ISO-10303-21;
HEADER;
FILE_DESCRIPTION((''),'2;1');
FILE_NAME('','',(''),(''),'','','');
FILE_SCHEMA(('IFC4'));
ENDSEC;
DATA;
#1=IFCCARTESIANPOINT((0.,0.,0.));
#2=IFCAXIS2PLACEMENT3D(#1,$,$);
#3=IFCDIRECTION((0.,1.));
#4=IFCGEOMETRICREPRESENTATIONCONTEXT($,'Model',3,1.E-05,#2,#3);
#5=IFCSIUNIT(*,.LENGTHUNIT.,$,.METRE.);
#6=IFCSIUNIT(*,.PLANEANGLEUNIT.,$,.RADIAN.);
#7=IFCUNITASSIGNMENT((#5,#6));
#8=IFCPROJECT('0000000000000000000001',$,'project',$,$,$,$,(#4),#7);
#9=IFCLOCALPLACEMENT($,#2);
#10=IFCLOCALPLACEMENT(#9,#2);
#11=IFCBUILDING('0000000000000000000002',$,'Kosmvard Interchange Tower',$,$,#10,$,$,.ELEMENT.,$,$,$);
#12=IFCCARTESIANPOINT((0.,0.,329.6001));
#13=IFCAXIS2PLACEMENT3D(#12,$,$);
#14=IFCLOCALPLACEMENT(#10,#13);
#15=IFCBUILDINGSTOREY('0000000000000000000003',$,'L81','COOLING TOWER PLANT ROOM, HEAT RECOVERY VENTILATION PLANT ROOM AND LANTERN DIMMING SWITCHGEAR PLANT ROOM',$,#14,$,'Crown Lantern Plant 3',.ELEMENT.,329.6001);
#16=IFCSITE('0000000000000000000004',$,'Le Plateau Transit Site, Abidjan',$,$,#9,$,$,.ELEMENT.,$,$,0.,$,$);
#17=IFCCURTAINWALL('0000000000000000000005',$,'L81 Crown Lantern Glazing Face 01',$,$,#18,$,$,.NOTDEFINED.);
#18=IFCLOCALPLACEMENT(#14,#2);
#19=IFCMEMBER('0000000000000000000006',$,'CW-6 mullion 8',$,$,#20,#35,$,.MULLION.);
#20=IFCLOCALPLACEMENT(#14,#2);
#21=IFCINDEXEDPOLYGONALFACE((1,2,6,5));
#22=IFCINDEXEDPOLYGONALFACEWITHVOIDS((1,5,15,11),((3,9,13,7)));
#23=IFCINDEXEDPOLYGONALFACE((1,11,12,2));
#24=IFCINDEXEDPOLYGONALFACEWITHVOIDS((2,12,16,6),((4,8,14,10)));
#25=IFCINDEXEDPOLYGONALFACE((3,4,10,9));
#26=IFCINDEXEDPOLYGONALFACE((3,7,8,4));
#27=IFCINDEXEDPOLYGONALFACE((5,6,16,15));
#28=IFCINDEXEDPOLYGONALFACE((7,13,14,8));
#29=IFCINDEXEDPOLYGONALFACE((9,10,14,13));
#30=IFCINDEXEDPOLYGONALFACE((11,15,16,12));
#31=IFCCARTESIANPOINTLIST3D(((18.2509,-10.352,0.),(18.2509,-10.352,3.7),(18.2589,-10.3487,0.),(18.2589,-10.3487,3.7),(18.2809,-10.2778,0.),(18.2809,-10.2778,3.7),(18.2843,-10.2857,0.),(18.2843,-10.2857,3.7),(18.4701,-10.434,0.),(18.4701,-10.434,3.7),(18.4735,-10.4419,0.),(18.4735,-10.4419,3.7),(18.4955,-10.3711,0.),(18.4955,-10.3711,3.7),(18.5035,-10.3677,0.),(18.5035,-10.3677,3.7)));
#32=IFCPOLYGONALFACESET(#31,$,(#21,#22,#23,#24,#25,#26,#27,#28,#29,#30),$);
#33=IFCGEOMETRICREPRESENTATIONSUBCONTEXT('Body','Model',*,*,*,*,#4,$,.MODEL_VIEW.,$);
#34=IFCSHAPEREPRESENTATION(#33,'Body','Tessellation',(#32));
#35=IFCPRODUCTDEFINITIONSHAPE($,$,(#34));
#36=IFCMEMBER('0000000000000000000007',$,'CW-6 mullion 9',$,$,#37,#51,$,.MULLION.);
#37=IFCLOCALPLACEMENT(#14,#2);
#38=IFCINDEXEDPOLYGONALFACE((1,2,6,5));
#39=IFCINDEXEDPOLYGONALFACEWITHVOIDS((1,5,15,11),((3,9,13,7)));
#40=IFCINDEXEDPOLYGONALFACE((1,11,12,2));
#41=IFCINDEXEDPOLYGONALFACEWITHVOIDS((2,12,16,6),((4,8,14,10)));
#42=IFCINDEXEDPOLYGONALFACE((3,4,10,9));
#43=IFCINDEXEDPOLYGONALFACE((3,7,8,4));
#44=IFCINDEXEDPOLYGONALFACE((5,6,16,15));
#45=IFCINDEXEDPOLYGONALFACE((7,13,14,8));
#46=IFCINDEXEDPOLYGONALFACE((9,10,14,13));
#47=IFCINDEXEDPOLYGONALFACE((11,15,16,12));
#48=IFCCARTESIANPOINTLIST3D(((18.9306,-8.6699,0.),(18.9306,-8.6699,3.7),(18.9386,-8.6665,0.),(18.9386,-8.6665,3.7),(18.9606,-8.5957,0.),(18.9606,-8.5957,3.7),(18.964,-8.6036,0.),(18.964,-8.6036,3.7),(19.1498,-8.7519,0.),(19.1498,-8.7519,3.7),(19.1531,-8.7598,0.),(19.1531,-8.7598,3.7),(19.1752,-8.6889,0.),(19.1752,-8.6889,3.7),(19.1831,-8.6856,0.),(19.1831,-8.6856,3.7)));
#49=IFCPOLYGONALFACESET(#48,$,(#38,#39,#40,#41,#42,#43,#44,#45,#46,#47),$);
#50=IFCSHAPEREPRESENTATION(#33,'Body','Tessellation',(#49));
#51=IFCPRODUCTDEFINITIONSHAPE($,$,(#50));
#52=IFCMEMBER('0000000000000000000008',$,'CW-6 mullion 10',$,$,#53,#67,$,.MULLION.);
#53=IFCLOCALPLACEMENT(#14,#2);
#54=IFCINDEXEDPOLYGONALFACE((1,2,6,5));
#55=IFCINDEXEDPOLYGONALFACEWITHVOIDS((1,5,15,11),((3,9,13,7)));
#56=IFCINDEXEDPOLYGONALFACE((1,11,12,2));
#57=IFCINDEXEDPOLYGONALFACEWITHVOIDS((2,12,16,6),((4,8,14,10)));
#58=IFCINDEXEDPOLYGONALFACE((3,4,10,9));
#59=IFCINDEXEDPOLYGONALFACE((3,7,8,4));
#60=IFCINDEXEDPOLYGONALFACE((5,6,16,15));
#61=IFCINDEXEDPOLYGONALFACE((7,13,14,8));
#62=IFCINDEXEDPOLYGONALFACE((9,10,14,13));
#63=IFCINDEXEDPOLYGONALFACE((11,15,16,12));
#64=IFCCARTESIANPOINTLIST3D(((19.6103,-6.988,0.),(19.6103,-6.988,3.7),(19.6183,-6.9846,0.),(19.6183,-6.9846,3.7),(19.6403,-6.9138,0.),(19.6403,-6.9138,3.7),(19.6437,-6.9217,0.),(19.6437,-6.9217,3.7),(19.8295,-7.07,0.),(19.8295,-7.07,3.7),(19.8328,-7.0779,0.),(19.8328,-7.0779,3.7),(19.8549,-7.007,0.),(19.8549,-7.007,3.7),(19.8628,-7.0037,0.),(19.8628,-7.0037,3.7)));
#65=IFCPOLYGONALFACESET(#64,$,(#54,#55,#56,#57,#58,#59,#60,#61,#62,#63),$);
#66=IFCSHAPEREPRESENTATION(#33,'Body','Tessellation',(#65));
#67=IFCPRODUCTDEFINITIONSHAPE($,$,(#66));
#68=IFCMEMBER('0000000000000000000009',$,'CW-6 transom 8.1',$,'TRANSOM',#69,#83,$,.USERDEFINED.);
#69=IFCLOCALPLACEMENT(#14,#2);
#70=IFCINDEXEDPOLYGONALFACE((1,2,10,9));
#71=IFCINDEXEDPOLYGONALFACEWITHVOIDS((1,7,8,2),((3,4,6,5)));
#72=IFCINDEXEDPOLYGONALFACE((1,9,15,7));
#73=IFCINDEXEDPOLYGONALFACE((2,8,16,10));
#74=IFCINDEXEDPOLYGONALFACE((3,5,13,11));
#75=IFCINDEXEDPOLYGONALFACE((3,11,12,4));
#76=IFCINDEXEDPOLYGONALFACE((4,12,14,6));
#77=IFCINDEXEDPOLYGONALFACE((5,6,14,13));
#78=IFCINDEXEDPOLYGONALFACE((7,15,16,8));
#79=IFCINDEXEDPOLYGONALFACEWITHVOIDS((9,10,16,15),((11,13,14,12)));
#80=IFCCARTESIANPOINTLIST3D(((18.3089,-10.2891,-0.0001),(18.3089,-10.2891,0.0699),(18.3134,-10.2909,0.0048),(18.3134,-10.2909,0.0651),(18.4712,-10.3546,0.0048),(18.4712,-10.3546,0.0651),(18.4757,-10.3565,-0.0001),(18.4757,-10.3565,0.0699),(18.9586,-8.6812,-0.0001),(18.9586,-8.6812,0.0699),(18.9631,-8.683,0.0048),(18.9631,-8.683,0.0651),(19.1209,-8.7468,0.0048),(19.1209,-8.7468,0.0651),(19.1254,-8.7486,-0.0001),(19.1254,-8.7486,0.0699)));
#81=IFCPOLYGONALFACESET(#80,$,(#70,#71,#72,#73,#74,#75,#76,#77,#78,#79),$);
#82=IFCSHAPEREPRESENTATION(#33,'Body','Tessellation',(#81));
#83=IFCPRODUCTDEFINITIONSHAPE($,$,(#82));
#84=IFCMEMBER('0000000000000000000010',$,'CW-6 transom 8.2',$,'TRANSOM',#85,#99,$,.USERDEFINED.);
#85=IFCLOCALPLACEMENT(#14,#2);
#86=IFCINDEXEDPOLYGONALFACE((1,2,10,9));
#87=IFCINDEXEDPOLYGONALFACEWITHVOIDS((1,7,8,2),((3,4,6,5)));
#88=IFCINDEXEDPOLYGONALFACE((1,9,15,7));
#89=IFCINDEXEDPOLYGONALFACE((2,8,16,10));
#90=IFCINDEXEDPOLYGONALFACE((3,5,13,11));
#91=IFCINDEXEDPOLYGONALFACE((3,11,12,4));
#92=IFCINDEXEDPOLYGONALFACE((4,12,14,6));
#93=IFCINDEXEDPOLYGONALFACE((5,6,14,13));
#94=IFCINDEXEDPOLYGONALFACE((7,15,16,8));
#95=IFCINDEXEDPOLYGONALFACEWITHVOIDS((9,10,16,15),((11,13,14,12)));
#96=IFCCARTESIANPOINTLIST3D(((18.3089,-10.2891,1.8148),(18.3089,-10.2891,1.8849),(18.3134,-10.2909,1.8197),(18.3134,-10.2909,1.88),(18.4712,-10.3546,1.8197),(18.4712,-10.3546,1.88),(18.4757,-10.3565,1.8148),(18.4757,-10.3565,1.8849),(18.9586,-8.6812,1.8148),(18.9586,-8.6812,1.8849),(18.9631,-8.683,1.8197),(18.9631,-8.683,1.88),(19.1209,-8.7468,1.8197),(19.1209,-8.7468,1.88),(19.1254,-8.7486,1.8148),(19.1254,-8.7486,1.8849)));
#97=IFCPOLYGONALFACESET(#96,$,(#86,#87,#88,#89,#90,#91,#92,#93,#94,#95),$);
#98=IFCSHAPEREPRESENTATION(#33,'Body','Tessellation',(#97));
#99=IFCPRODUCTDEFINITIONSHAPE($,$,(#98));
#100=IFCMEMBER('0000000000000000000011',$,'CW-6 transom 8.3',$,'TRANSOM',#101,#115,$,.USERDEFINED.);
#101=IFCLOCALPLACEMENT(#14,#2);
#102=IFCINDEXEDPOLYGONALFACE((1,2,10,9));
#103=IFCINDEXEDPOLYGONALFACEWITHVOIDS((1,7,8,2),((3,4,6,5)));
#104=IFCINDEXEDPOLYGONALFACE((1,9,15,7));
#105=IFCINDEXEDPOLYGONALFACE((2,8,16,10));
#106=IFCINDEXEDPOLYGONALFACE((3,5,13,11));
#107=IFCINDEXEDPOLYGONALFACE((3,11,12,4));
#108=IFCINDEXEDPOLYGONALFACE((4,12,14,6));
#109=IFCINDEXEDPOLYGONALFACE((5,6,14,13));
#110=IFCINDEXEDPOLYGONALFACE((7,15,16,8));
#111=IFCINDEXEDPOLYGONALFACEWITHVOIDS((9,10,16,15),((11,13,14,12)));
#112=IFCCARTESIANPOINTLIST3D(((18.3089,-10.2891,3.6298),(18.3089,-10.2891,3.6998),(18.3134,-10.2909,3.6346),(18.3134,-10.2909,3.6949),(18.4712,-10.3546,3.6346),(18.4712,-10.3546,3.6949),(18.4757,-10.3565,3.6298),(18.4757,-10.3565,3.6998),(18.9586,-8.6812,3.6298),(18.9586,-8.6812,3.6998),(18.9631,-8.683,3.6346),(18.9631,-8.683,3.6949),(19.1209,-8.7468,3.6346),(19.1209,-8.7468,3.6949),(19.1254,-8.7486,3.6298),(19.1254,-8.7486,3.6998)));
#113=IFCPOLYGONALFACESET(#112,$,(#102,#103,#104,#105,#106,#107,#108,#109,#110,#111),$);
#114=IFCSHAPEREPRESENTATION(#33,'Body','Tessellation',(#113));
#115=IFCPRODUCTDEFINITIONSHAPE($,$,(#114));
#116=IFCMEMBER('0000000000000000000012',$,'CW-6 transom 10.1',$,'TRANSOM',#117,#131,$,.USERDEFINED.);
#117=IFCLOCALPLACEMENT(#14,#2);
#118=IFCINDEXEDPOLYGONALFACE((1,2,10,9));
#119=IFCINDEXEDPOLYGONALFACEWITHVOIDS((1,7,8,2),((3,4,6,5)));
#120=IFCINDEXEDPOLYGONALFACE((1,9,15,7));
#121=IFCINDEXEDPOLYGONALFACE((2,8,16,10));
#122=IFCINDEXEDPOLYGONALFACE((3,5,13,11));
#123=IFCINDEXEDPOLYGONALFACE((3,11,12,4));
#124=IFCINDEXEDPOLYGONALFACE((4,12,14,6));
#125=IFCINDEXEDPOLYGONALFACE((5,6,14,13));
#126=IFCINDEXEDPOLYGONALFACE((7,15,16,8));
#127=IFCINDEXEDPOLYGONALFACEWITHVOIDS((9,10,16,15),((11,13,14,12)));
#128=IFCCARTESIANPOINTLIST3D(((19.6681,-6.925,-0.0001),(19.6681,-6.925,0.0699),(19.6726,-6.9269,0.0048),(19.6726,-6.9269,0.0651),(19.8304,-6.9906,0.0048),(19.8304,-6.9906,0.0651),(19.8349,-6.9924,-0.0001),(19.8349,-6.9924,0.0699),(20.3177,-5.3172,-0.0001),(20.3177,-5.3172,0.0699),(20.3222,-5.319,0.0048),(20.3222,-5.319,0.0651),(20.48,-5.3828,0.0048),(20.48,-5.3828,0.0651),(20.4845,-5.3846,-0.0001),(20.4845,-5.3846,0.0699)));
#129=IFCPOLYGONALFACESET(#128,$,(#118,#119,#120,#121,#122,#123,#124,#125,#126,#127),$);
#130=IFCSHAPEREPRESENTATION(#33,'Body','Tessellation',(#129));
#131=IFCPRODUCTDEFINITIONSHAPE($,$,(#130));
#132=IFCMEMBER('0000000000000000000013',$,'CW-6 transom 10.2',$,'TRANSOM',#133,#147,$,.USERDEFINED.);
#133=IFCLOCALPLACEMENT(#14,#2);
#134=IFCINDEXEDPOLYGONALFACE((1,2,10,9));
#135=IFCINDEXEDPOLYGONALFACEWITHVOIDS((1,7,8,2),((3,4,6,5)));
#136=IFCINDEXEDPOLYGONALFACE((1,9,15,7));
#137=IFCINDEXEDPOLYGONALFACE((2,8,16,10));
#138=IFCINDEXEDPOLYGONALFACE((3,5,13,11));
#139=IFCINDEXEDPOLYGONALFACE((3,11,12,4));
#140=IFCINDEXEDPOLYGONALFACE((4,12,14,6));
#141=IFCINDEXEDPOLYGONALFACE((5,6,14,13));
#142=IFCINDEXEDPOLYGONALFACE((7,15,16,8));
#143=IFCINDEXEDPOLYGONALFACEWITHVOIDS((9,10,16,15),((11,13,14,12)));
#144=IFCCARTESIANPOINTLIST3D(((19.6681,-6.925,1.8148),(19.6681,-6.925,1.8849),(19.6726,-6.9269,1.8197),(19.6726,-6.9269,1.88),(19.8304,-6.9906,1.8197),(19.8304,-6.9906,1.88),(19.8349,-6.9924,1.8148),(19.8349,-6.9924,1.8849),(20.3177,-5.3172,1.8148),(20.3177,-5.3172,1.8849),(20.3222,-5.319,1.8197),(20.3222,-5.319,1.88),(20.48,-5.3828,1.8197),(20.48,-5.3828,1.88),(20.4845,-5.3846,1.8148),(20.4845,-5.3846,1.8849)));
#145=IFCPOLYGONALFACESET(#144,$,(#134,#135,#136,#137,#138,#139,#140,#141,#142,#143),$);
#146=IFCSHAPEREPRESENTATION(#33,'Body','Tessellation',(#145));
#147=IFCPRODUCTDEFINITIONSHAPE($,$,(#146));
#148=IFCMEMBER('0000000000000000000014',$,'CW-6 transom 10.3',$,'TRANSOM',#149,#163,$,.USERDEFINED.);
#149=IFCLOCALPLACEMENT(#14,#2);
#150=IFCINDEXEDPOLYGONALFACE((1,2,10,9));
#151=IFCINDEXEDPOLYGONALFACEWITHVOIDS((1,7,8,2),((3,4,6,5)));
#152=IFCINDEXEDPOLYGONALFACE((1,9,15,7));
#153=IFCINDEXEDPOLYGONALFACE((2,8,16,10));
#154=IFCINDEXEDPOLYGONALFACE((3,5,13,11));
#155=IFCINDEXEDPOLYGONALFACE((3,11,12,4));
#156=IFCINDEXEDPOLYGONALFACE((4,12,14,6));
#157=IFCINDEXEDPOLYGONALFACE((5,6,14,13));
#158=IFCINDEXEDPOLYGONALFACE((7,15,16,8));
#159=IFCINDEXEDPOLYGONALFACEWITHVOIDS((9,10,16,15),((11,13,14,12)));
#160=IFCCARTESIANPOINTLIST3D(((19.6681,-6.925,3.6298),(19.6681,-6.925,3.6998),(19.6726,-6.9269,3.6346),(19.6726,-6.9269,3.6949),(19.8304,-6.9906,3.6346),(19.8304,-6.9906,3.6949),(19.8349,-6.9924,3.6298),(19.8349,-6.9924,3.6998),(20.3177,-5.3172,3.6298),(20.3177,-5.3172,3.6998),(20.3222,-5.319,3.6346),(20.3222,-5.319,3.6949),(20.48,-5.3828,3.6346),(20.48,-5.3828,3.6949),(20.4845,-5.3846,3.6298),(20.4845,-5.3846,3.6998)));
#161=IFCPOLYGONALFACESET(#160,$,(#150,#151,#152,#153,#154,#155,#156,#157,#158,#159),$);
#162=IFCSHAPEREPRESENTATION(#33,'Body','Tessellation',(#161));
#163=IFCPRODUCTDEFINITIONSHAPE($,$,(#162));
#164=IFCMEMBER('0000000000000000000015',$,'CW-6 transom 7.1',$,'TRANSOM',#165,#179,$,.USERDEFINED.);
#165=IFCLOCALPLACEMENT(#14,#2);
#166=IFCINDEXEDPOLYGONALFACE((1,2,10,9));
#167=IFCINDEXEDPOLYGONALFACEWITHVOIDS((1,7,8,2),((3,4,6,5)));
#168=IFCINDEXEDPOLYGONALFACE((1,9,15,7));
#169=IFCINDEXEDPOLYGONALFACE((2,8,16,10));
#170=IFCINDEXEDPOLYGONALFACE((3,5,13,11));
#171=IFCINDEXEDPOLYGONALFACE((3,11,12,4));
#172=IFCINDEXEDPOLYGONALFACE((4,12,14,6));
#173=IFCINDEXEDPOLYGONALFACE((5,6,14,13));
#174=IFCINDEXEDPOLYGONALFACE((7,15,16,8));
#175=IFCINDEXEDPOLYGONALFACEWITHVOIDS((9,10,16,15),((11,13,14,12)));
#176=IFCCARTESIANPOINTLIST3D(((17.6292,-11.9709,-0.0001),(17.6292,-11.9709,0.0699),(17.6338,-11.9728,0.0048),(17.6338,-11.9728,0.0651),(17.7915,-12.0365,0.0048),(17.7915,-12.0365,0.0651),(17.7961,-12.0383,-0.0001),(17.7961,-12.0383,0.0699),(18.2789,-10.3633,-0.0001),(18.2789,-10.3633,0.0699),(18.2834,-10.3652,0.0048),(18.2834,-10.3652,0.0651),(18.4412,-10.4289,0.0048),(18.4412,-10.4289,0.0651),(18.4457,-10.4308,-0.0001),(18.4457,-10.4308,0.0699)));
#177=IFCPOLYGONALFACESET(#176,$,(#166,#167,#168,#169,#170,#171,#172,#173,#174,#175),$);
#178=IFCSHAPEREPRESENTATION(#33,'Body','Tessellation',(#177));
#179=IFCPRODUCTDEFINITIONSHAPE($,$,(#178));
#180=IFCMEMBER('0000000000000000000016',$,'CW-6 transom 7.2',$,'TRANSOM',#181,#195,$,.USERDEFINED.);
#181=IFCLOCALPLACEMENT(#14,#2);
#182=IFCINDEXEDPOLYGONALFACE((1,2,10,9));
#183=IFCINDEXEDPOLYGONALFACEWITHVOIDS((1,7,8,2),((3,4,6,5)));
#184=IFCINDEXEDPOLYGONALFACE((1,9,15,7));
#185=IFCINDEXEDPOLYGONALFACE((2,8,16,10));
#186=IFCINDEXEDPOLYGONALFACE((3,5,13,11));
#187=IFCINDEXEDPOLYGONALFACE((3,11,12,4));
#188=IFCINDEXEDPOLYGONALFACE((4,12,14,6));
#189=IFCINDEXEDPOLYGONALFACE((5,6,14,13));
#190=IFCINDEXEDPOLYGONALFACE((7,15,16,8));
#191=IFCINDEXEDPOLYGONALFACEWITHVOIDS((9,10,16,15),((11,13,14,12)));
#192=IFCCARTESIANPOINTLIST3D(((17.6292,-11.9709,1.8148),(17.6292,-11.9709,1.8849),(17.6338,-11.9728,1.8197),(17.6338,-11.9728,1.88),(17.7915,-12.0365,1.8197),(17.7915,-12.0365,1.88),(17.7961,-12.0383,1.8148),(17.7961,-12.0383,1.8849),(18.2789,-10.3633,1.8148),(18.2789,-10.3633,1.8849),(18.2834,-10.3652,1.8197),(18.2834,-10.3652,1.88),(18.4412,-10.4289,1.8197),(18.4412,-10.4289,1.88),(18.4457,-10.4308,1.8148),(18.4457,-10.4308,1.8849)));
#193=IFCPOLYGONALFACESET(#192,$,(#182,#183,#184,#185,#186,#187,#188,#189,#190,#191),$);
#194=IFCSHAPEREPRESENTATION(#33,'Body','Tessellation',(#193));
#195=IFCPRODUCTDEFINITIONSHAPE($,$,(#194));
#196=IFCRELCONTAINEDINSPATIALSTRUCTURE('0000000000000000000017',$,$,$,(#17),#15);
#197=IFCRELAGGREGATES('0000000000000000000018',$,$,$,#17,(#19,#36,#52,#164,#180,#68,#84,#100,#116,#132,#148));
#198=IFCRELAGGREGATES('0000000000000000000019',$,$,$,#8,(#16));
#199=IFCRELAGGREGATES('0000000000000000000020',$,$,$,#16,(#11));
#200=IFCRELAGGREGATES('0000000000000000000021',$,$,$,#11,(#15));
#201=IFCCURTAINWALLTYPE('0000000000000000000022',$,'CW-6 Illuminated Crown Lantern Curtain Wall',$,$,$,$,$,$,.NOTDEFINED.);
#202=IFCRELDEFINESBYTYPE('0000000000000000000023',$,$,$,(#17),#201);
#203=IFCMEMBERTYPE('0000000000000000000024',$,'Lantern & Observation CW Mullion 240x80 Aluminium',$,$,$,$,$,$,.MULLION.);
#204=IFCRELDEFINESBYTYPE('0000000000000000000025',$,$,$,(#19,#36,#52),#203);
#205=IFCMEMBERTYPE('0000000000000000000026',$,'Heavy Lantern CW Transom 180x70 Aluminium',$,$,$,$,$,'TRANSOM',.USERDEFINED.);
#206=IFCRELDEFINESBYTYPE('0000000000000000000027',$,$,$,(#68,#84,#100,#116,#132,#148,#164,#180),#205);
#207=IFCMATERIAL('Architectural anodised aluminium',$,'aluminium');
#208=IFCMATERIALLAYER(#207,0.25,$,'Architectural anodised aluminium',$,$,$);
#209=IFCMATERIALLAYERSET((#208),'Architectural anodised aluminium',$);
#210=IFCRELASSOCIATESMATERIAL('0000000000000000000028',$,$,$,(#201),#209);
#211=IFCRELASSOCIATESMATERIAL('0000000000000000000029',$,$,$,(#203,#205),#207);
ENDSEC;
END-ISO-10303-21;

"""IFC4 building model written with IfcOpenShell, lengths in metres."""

from ifc_helpers import new_model, si_unit, direction, frame, origin, origin_2d, place, context, subcontext, project, spatial, hollow_rectangle, extrude, source, transform, mapped, material, layer, layer_set, material_profile, profile_set, type_object, element, aggregate, save


model = new_model("IFC4")

# Units and contexts
model_context = context("Model", 3, precision=1e-05, world=origin(), true_north=direction((0.0, 1.0)))
body_context = subcontext(model_context, "Body", "Model", "MODEL_VIEW")
ifc_project = project(units=[si_unit("LENGTHUNIT", "METRE"), si_unit("PLANEANGLEUNIT", "RADIAN")], contexts=[model_context])

# Site, building, storey
site_placement = place(None, origin())
site = spatial("IfcSite", under=ifc_project, at=site_placement, Name="Le Plateau Transit Site, Abidjan", CompositionType="ELEMENT", RefElevation=0.0)
building_placement = place(site_placement, origin())
building = spatial("IfcBuilding", under=site, at=building_placement, Name="Kosmvard Interchange Tower", CompositionType="ELEMENT")
storey_placement = place(building_placement, frame((0.0, 0.0, 329.6001)))
storey = spatial("IfcBuildingStorey", under=building, at=storey_placement, Name="L81", Description="COOLING TOWER PLANT ROOM, HEAT RECOVERY VENTILATION PLANT ROOM AND LANTERN DIMMING SWITCHGEAR PLANT ROOM", LongName="Crown Lantern Plant 3", CompositionType="ELEMENT", Elevation=329.6001)

# Curtain wall, members
ifc_material_1 = material(Name="Architectural anodised aluminium", Category="aluminium")
ifc_layer_1 = layer(ifc_material_1, 0.25, Name="Architectural anodised aluminium")
ifc_layer_set_1 = layer_set([ifc_layer_1], Name="Architectural anodised aluminium")
curtain_wall_type = type_object("IfcCurtainWallType", Name="CW-6 Illuminated Crown Lantern Curtain Wall", PredefinedType="NOTDEFINED", material=ifc_layer_set_1)
curtain_wall_placement = place(storey_placement, origin())
curtain_wall = element("IfcCurtainWall", 1, at=curtain_wall_placement, inside=storey, type_object=curtain_wall_type, Name="L81 Crown Lantern Glazing Face 01", PredefinedType="NOTDEFINED")
ifc_material_profile_1 = material_profile(ifc_material_1, hollow_rectangle(XDim=0.24, YDim=0.0801, WallThickness=0.0061, at=origin_2d()), Name="CWM 240x80x6")
ifc_profile_set_1 = profile_set([ifc_material_profile_1], Name="Architectural anodised aluminium")
member_type_1 = type_object("IfcMemberType", Name="Lantern & Observation CW Mullion 240x80 Aluminium", PredefinedType="MULLION", material=ifc_profile_set_1)
shared_shape_1 = source(origin(), body_context, "Body", "SweptSolid", [
    extrude(hollow_rectangle(XDim=0.24, YDim=0.0801, WallThickness=0.0061, at=origin_2d()), origin(), (0.0, 0.0, 1.0), 3.7),
])
member_1_placement = place(storey_placement, frame((18.3772, -10.3599, 0.0), z_axis=(0.0, 0.0, 1.0), x_axis=(-0.927184, 0.374607, 0.0)))
member_1 = element("IfcMember", 2, at=member_1_placement, type_object=member_type_1, Name="CW-6 mullion 8", PredefinedType="MULLION", context=body_context, shape_type="MappedRepresentation", body=[
    mapped(shared_shape_1, transform((0.0, 0.0, 0.0), scale=1.0)),
])
member_2_placement = place(storey_placement, frame((19.0569, -8.6777, 0.0), z_axis=(0.0, 0.0, 1.0), x_axis=(-0.927184, 0.374607, 0.0)))
member_2 = element("IfcMember", 3, at=member_2_placement, type_object=member_type_1, Name="CW-6 mullion 9", PredefinedType="MULLION", context=body_context, shape_type="MappedRepresentation", body=[
    mapped(shared_shape_1, transform((0.0, 0.0, 0.0), scale=1.0)),
])
member_3_placement = place(storey_placement, frame((19.7366, -6.9958, 0.0), z_axis=(0.0, 0.0, 1.0), x_axis=(-0.927184, 0.374607, 0.0)))
member_3 = element("IfcMember", 4, at=member_3_placement, type_object=member_type_1, Name="CW-6 mullion 10", PredefinedType="MULLION", context=body_context, shape_type="MappedRepresentation", body=[
    mapped(shared_shape_1, transform((0.0, 0.0, 0.0), scale=1.0)),
])
ifc_material_profile_2 = material_profile(ifc_material_1, hollow_rectangle(XDim=0.1799, YDim=0.0701, WallThickness=0.0049, at=origin_2d()), Name="CWT 180x70x5")
ifc_profile_set_2 = profile_set([ifc_material_profile_2], Name="Architectural anodised aluminium")
member_type_2 = type_object("IfcMemberType", Name="Heavy Lantern CW Transom 180x70 Aluminium", ElementType="TRANSOM", PredefinedType="USERDEFINED", material=ifc_profile_set_2)
shared_shape_2 = source(origin(), body_context, "Body", "SweptSolid", [
    extrude(hollow_rectangle(XDim=0.1799, YDim=0.0701, WallThickness=0.0049, at=origin_2d()), origin(), (0.0, 0.0, 1.0), 1.7341),
])
member_4_placement = place(storey_placement, frame((18.3923, -10.3228, 0.0349), z_axis=(0.374617, 0.92718, 0.0), x_axis=(-0.92718, 0.374617, 0.0)))
member_4 = element("IfcMember", 5, at=member_4_placement, type_object=member_type_2, Name="CW-6 transom 8.1", ObjectType="TRANSOM", PredefinedType="USERDEFINED", context=body_context, shape_type="MappedRepresentation", body=[
    mapped(shared_shape_2, transform((0.0, 0.0, 0.0), scale=1.0)),
])
member_5_placement = place(storey_placement, frame((18.3923, -10.3228, 1.8499), z_axis=(0.374617, 0.92718, 0.0), x_axis=(-0.92718, 0.374617, 0.0)))
member_5 = element("IfcMember", 6, at=member_5_placement, type_object=member_type_2, Name="CW-6 transom 8.2", ObjectType="TRANSOM", PredefinedType="USERDEFINED", context=body_context, shape_type="MappedRepresentation", body=[
    mapped(shared_shape_2, transform((0.0, 0.0, 0.0), scale=1.0)),
])
member_6_placement = place(storey_placement, frame((18.3923, -10.3228, 3.6648), z_axis=(0.374617, 0.92718, 0.0), x_axis=(-0.92718, 0.374617, 0.0)))
member_6 = element("IfcMember", 7, at=member_6_placement, type_object=member_type_2, Name="CW-6 transom 8.3", ObjectType="TRANSOM", PredefinedType="USERDEFINED", context=body_context, shape_type="MappedRepresentation", body=[
    mapped(shared_shape_2, transform((0.0, 0.0, 0.0), scale=1.0)),
])
member_7_placement = place(storey_placement, frame((19.7515, -6.9587, 0.0349), z_axis=(0.374617, 0.92718, 0.0), x_axis=(-0.92718, 0.374617, 0.0)))
member_7 = element("IfcMember", 8, at=member_7_placement, type_object=member_type_2, Name="CW-6 transom 10.1", ObjectType="TRANSOM", PredefinedType="USERDEFINED", context=body_context, shape_type="MappedRepresentation", body=[
    mapped(shared_shape_2, transform((0.0, 0.0, 0.0), scale=1.0)),
])
member_8_placement = place(storey_placement, frame((19.7515, -6.9587, 1.8499), z_axis=(0.374617, 0.92718, 0.0), x_axis=(-0.92718, 0.374617, 0.0)))
member_8 = element("IfcMember", 9, at=member_8_placement, type_object=member_type_2, Name="CW-6 transom 10.2", ObjectType="TRANSOM", PredefinedType="USERDEFINED", context=body_context, shape_type="MappedRepresentation", body=[
    mapped(shared_shape_2, transform((0.0, 0.0, 0.0), scale=1.0)),
])
member_9_placement = place(storey_placement, frame((19.7515, -6.9587, 3.6648), z_axis=(0.374617, 0.92718, 0.0), x_axis=(-0.92718, 0.374617, 0.0)))
member_9 = element("IfcMember", 10, at=member_9_placement, type_object=member_type_2, Name="CW-6 transom 10.3", ObjectType="TRANSOM", PredefinedType="USERDEFINED", context=body_context, shape_type="MappedRepresentation", body=[
    mapped(shared_shape_2, transform((0.0, 0.0, 0.0), scale=1.0)),
])
shared_shape_3 = source(origin(), body_context, "Body", "SweptSolid", [
    extrude(hollow_rectangle(XDim=0.1799, YDim=0.0701, WallThickness=0.0049, at=origin_2d()), origin(), (0.0, 0.0, 1.0), 1.7339),
])
member_10_placement = place(storey_placement, frame((17.7126, -12.0046, 0.0349), z_axis=(0.374666, 0.92716, 0.0), x_axis=(-0.92716, 0.374666, 0.0)))
member_10 = element("IfcMember", 11, at=member_10_placement, type_object=member_type_2, Name="CW-6 transom 7.1", ObjectType="TRANSOM", PredefinedType="USERDEFINED", context=body_context, shape_type="MappedRepresentation", body=[
    mapped(shared_shape_3, transform((0.0, 0.0, 0.0), scale=1.0)),
])
member_11_placement = place(storey_placement, frame((17.7126, -12.0046, 1.8499), z_axis=(0.374666, 0.92716, 0.0), x_axis=(-0.92716, 0.374666, 0.0)))
member_11 = element("IfcMember", 12, at=member_11_placement, type_object=member_type_2, Name="CW-6 transom 7.2", ObjectType="TRANSOM", PredefinedType="USERDEFINED", context=body_context, shape_type="MappedRepresentation", body=[
    mapped(shared_shape_3, transform((0.0, 0.0, 0.0), scale=1.0)),
])
aggregate(curtain_wall, [member_1, member_2, member_3, member_10, member_11, member_4, member_5, member_6, member_7, member_8, member_9])

save(model, "model.ifc")
